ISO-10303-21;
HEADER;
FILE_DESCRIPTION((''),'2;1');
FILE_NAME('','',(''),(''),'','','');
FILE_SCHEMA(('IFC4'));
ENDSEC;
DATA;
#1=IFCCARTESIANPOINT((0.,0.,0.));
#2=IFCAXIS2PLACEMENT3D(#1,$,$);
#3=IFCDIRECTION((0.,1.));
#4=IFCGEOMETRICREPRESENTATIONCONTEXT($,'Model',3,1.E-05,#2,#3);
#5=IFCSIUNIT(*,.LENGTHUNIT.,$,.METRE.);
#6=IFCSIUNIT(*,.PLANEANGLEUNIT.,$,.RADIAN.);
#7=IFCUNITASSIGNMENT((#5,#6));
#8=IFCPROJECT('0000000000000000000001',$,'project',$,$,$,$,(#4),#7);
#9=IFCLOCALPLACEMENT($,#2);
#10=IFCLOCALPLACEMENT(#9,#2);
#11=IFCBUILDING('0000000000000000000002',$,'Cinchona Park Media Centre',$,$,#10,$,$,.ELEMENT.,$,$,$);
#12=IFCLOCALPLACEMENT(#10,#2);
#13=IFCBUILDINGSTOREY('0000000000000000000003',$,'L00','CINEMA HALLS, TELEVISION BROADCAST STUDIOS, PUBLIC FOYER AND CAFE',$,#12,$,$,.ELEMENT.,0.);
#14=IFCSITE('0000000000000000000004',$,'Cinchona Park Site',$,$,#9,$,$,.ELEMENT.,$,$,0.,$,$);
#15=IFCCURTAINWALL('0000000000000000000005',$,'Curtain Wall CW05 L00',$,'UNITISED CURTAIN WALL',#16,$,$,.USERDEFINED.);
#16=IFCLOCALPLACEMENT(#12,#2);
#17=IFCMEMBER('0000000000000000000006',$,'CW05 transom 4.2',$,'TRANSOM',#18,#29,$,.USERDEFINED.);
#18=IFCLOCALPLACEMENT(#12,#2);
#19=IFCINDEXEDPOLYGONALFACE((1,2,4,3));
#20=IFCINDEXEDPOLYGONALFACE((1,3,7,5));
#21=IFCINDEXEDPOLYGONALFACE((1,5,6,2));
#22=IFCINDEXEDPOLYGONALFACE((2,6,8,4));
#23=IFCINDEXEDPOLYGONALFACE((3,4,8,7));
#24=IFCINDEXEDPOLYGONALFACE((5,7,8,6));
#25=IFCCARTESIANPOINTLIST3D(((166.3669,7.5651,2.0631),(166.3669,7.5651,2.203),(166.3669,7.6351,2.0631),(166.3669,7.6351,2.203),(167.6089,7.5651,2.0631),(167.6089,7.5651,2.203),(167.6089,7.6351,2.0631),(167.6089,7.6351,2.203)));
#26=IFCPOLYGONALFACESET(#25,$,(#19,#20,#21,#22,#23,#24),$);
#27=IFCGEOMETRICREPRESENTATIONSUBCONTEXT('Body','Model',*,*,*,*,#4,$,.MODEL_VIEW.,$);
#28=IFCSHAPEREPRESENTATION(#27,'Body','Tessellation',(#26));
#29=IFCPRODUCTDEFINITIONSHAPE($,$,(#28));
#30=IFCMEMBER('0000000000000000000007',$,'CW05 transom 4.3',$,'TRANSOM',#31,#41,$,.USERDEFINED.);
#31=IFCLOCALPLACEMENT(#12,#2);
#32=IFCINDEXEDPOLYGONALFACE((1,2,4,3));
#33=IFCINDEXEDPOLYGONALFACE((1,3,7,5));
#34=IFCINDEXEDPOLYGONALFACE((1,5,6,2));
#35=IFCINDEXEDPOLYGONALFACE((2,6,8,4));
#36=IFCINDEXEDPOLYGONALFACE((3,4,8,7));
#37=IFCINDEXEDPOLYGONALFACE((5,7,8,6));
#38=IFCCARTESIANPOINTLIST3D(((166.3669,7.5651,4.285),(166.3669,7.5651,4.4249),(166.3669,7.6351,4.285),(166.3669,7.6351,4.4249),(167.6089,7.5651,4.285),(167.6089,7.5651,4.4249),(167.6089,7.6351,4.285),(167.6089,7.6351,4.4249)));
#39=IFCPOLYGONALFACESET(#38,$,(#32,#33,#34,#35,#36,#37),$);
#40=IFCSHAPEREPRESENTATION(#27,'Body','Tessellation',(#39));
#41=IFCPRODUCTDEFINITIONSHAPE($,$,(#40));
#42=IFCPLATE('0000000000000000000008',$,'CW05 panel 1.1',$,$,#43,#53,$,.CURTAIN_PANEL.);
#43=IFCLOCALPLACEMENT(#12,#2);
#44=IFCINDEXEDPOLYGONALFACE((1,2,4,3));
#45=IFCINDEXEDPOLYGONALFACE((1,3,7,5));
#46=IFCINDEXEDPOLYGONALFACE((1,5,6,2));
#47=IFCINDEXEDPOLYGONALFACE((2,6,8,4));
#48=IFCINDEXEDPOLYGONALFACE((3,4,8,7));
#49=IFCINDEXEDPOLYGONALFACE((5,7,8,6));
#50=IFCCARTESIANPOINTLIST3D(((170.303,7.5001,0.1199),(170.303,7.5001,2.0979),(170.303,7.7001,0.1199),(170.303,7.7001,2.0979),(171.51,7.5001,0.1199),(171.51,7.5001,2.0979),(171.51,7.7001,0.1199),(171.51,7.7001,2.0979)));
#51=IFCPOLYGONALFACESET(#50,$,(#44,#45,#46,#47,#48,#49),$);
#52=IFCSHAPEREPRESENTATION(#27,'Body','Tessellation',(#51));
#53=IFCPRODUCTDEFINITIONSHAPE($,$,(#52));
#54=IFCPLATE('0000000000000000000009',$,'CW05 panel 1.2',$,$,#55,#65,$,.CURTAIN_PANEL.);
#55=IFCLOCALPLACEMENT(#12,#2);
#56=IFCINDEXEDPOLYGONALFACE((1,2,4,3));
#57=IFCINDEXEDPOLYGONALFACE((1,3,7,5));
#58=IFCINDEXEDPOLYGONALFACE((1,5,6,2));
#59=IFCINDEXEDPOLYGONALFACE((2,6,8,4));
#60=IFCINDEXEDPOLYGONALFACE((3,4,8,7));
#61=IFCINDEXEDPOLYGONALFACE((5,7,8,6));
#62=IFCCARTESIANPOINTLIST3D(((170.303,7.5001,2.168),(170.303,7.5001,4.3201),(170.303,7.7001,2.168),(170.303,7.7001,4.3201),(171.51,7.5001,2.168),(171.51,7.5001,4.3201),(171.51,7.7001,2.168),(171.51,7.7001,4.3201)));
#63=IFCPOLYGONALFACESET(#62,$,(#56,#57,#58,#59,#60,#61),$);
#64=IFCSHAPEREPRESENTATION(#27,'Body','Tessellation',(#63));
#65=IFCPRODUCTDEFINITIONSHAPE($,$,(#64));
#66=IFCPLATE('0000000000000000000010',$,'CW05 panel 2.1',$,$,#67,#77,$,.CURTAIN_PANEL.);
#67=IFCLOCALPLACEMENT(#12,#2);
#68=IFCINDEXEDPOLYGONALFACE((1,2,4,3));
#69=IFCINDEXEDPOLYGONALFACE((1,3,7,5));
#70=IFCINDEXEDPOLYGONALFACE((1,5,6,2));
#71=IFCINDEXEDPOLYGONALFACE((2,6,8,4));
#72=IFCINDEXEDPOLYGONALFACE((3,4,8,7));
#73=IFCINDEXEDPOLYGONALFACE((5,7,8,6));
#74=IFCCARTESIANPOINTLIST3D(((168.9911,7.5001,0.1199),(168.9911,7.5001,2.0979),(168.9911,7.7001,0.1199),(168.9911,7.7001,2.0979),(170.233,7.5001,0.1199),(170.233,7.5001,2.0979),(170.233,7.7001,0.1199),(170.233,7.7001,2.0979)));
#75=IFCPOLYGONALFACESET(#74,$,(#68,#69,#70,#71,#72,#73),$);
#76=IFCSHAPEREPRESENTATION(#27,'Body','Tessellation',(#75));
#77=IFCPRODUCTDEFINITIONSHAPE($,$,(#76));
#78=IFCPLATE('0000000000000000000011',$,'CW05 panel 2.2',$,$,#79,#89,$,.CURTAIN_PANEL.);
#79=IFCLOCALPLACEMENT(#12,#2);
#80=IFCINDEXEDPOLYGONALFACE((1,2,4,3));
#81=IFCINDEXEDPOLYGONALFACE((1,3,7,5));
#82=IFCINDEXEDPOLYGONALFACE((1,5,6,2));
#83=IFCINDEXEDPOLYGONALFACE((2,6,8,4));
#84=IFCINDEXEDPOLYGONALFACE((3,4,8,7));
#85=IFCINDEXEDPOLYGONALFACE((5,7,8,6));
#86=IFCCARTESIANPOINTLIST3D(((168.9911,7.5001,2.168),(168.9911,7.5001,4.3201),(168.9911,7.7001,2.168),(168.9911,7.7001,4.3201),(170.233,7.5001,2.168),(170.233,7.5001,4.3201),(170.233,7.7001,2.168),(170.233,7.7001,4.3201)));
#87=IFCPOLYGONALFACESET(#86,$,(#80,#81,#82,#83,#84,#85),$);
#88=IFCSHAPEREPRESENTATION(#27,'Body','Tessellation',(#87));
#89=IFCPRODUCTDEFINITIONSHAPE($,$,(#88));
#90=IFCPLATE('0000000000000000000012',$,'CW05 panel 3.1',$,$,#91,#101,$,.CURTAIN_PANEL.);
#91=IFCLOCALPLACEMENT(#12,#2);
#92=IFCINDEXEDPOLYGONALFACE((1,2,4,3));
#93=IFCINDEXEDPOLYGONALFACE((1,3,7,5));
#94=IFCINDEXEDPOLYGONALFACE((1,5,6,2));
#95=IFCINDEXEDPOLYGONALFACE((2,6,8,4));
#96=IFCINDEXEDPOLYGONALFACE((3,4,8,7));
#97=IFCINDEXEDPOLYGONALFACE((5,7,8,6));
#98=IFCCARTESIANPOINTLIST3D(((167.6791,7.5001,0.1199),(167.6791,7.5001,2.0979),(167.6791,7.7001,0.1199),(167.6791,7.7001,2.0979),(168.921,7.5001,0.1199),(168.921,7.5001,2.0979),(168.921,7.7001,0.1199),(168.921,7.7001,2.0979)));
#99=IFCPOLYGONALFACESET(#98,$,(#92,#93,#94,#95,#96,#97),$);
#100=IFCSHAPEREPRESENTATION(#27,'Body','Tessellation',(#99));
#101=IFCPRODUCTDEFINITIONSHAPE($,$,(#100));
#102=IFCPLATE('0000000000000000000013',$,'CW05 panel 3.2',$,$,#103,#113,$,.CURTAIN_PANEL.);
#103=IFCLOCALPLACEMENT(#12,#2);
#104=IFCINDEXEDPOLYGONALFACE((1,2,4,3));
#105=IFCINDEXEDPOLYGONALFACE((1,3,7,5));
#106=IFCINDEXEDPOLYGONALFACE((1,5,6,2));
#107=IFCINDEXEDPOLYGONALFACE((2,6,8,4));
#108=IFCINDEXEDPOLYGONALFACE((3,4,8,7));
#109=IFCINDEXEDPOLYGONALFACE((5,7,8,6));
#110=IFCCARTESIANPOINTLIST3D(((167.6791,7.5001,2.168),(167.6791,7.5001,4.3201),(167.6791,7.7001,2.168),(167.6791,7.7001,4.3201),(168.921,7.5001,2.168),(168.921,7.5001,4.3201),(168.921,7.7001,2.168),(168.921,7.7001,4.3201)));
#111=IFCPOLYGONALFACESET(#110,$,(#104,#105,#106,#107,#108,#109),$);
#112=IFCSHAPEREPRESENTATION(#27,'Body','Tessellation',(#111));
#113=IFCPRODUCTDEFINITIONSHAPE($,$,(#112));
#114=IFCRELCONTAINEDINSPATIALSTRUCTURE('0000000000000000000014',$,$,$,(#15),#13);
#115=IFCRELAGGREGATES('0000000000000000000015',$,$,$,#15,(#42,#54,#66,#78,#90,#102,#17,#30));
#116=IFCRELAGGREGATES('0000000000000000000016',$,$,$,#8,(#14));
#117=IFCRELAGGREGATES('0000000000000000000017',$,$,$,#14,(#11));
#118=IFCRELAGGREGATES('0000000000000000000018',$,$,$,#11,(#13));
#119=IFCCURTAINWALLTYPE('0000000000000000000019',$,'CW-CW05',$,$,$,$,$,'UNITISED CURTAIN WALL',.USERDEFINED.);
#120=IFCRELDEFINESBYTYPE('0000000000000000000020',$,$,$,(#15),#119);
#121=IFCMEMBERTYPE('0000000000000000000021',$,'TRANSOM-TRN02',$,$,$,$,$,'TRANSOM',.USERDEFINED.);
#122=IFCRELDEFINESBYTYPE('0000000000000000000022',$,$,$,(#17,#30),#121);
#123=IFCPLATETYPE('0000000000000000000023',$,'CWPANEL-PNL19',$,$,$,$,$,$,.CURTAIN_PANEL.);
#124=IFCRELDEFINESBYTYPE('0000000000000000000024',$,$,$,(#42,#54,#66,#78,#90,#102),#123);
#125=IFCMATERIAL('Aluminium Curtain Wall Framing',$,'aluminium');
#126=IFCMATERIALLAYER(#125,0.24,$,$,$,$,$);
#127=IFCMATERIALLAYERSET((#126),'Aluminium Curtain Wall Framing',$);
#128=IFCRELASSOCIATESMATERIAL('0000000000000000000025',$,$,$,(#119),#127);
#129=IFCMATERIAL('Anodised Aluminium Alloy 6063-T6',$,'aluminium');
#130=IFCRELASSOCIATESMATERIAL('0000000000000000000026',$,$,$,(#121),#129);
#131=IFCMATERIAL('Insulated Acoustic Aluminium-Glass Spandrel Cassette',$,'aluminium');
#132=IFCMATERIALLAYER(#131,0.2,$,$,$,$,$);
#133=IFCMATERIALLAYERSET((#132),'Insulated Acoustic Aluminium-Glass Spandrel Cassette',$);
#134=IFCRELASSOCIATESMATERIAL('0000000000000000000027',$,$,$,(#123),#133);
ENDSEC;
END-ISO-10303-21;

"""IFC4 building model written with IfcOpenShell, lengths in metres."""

from ifc_helpers import new_model, si_unit, direction, frame, origin, origin_2d, place, context, subcontext, project, spatial, rectangle, extrude, material, layer, layer_set, material_profile, profile_set, type_object, element, aggregate, save


model = new_model("IFC4")

# Units and contexts
model_context = context("Model", 3, precision=1e-05, world=origin(), true_north=direction((0.0, 1.0)))
body_context = subcontext(model_context, "Body", "Model", "MODEL_VIEW")
ifc_project = project(units=[si_unit("LENGTHUNIT", "METRE"), si_unit("PLANEANGLEUNIT", "RADIAN")], contexts=[model_context])

# Site, building, storey
site_placement = place(None, origin())
site = spatial("IfcSite", under=ifc_project, at=site_placement, Name="Cinchona Park Site", CompositionType="ELEMENT", RefElevation=0.0)
building_placement = place(site_placement, origin())
building = spatial("IfcBuilding", under=site, at=building_placement, Name="Cinchona Park Media Centre", CompositionType="ELEMENT")
storey_placement = place(building_placement, origin())
storey = spatial("IfcBuildingStorey", under=building, at=storey_placement, Name="L00", Description="CINEMA HALLS, TELEVISION BROADCAST STUDIOS, PUBLIC FOYER AND CAFE", CompositionType="ELEMENT", Elevation=0.0)

# Curtain wall, members, plates
ifc_material_1 = material(Name="Aluminium Curtain Wall Framing", Category="aluminium")
ifc_layer_1 = layer(ifc_material_1, 0.24)
ifc_layer_set_1 = layer_set([ifc_layer_1], Name="Aluminium Curtain Wall Framing")
curtain_wall_type = type_object("IfcCurtainWallType", Name="CW-CW05", ElementType="UNITISED CURTAIN WALL", PredefinedType="USERDEFINED", material=ifc_layer_set_1)
curtain_wall_placement = place(storey_placement, origin())
curtain_wall = element("IfcCurtainWall", 1, at=curtain_wall_placement, inside=storey, type_object=curtain_wall_type, Name="Curtain Wall CW05 L00", ObjectType="UNITISED CURTAIN WALL", PredefinedType="USERDEFINED")
ifc_material_2 = material(Name="Anodised Aluminium Alloy 6063-T6", Category="aluminium")
ifc_material_profile_1 = material_profile(ifc_material_2, rectangle(XDim=0.0701, YDim=0.1399, at=origin_2d()), Name="TRN-70X140")
ifc_profile_set_1 = profile_set([ifc_material_profile_1], Name="Anodised Aluminium Alloy 6063-T6")
member_type_1 = type_object("IfcMemberType", Name="TRANSOM-TRN02", ElementType="TRANSOM", PredefinedType="USERDEFINED", material=ifc_profile_set_1)
member_1_placement = place(storey_placement, frame((167.6089, 7.6001, 2.1331), z_axis=(-1.0, 0.0, 0.0), x_axis=(0.0, -1.0, 0.0)))
member_1 = element("IfcMember", 2, at=member_1_placement, type_object=member_type_1, Name="CW05 transom 4.2", ObjectType="TRANSOM", PredefinedType="USERDEFINED", context=body_context, shape_type="SweptSolid", body=[
    extrude(rectangle(XDim=0.0701, YDim=0.1399, at=origin_2d()), origin(), (0.0, 0.0, 1.0), 1.2419),
])
member_2_placement = place(storey_placement, frame((167.6089, 7.6001, 4.355), z_axis=(-1.0, 0.0, 0.0), x_axis=(0.0, -1.0, 0.0)))
member_2 = element("IfcMember", 3, at=member_2_placement, type_object=member_type_1, Name="CW05 transom 4.3", ObjectType="TRANSOM", PredefinedType="USERDEFINED", context=body_context, shape_type="SweptSolid", body=[
    extrude(rectangle(XDim=0.0701, YDim=0.1399, at=origin_2d()), origin(), (0.0, 0.0, 1.0), 1.2419),
])
ifc_material_3 = material(Name="Insulated Acoustic Aluminium-Glass Spandrel Cassette", Category="aluminium")
ifc_layer_2 = layer(ifc_material_3, 0.2)
ifc_layer_set_2 = layer_set([ifc_layer_2], Name="Insulated Acoustic Aluminium-Glass Spandrel Cassette")
plate_type = type_object("IfcPlateType", Name="CWPANEL-PNL19", PredefinedType="CURTAIN_PANEL", material=ifc_layer_set_2)
plate_1_placement = place(storey_placement, frame((170.9065, 7.6001, 0.1199), z_axis=(0.0, 0.0, 1.0), x_axis=(-1.0, 0.0, 0.0)))
plate_1 = element("IfcPlate", 4, at=plate_1_placement, type_object=plate_type, Name="CW05 panel 1.1", PredefinedType="CURTAIN_PANEL", context=body_context, shape_type="SweptSolid", body=[
    extrude(rectangle(XDim=1.207, YDim=0.2, at=origin_2d()), origin(), (0.0, 0.0, 1.0), 1.978),
])
plate_2_placement = place(storey_placement, frame((170.9065, 7.6001, 2.168), z_axis=(0.0, 0.0, 1.0), x_axis=(-1.0, 0.0, 0.0)))
plate_2 = element("IfcPlate", 5, at=plate_2_placement, type_object=plate_type, Name="CW05 panel 1.2", PredefinedType="CURTAIN_PANEL", context=body_context, shape_type="SweptSolid", body=[
    extrude(rectangle(XDim=1.207, YDim=0.2, at=origin_2d()), origin(), (0.0, 0.0, 1.0), 2.1521),
])
plate_3_placement = place(storey_placement, frame((169.6121, 7.6001, 0.1199), z_axis=(0.0, 0.0, 1.0), x_axis=(-1.0, 0.0, 0.0)))
plate_3 = element("IfcPlate", 6, at=plate_3_placement, type_object=plate_type, Name="CW05 panel 2.1", PredefinedType="CURTAIN_PANEL", context=body_context, shape_type="SweptSolid", body=[
    extrude(rectangle(XDim=1.2419, YDim=0.2, at=origin_2d()), origin(), (0.0, 0.0, 1.0), 1.978),
])
plate_4_placement = place(storey_placement, frame((169.6121, 7.6001, 2.168), z_axis=(0.0, 0.0, 1.0), x_axis=(-1.0, 0.0, 0.0)))
plate_4 = element("IfcPlate", 7, at=plate_4_placement, type_object=plate_type, Name="CW05 panel 2.2", PredefinedType="CURTAIN_PANEL", context=body_context, shape_type="SweptSolid", body=[
    extrude(rectangle(XDim=1.2419, YDim=0.2, at=origin_2d()), origin(), (0.0, 0.0, 1.0), 2.1521),
])
plate_5_placement = place(storey_placement, frame((168.3, 7.6001, 0.1199), z_axis=(0.0, 0.0, 1.0), x_axis=(-1.0, 0.0, 0.0)))
plate_5 = element("IfcPlate", 8, at=plate_5_placement, type_object=plate_type, Name="CW05 panel 3.1", PredefinedType="CURTAIN_PANEL", context=body_context, shape_type="SweptSolid", body=[
    extrude(rectangle(XDim=1.2419, YDim=0.2, at=origin_2d()), origin(), (0.0, 0.0, 1.0), 1.978),
])
plate_6_placement = place(storey_placement, frame((168.3, 7.6001, 2.168), z_axis=(0.0, 0.0, 1.0), x_axis=(-1.0, 0.0, 0.0)))
plate_6 = element("IfcPlate", 9, at=plate_6_placement, type_object=plate_type, Name="CW05 panel 3.2", PredefinedType="CURTAIN_PANEL", context=body_context, shape_type="SweptSolid", body=[
    extrude(rectangle(XDim=1.2419, YDim=0.2, at=origin_2d()), origin(), (0.0, 0.0, 1.0), 2.1521),
])
aggregate(curtain_wall, [plate_1, plate_2, plate_3, plate_4, plate_5, plate_6, member_1, member_2])

save(model, "model.ifc")
